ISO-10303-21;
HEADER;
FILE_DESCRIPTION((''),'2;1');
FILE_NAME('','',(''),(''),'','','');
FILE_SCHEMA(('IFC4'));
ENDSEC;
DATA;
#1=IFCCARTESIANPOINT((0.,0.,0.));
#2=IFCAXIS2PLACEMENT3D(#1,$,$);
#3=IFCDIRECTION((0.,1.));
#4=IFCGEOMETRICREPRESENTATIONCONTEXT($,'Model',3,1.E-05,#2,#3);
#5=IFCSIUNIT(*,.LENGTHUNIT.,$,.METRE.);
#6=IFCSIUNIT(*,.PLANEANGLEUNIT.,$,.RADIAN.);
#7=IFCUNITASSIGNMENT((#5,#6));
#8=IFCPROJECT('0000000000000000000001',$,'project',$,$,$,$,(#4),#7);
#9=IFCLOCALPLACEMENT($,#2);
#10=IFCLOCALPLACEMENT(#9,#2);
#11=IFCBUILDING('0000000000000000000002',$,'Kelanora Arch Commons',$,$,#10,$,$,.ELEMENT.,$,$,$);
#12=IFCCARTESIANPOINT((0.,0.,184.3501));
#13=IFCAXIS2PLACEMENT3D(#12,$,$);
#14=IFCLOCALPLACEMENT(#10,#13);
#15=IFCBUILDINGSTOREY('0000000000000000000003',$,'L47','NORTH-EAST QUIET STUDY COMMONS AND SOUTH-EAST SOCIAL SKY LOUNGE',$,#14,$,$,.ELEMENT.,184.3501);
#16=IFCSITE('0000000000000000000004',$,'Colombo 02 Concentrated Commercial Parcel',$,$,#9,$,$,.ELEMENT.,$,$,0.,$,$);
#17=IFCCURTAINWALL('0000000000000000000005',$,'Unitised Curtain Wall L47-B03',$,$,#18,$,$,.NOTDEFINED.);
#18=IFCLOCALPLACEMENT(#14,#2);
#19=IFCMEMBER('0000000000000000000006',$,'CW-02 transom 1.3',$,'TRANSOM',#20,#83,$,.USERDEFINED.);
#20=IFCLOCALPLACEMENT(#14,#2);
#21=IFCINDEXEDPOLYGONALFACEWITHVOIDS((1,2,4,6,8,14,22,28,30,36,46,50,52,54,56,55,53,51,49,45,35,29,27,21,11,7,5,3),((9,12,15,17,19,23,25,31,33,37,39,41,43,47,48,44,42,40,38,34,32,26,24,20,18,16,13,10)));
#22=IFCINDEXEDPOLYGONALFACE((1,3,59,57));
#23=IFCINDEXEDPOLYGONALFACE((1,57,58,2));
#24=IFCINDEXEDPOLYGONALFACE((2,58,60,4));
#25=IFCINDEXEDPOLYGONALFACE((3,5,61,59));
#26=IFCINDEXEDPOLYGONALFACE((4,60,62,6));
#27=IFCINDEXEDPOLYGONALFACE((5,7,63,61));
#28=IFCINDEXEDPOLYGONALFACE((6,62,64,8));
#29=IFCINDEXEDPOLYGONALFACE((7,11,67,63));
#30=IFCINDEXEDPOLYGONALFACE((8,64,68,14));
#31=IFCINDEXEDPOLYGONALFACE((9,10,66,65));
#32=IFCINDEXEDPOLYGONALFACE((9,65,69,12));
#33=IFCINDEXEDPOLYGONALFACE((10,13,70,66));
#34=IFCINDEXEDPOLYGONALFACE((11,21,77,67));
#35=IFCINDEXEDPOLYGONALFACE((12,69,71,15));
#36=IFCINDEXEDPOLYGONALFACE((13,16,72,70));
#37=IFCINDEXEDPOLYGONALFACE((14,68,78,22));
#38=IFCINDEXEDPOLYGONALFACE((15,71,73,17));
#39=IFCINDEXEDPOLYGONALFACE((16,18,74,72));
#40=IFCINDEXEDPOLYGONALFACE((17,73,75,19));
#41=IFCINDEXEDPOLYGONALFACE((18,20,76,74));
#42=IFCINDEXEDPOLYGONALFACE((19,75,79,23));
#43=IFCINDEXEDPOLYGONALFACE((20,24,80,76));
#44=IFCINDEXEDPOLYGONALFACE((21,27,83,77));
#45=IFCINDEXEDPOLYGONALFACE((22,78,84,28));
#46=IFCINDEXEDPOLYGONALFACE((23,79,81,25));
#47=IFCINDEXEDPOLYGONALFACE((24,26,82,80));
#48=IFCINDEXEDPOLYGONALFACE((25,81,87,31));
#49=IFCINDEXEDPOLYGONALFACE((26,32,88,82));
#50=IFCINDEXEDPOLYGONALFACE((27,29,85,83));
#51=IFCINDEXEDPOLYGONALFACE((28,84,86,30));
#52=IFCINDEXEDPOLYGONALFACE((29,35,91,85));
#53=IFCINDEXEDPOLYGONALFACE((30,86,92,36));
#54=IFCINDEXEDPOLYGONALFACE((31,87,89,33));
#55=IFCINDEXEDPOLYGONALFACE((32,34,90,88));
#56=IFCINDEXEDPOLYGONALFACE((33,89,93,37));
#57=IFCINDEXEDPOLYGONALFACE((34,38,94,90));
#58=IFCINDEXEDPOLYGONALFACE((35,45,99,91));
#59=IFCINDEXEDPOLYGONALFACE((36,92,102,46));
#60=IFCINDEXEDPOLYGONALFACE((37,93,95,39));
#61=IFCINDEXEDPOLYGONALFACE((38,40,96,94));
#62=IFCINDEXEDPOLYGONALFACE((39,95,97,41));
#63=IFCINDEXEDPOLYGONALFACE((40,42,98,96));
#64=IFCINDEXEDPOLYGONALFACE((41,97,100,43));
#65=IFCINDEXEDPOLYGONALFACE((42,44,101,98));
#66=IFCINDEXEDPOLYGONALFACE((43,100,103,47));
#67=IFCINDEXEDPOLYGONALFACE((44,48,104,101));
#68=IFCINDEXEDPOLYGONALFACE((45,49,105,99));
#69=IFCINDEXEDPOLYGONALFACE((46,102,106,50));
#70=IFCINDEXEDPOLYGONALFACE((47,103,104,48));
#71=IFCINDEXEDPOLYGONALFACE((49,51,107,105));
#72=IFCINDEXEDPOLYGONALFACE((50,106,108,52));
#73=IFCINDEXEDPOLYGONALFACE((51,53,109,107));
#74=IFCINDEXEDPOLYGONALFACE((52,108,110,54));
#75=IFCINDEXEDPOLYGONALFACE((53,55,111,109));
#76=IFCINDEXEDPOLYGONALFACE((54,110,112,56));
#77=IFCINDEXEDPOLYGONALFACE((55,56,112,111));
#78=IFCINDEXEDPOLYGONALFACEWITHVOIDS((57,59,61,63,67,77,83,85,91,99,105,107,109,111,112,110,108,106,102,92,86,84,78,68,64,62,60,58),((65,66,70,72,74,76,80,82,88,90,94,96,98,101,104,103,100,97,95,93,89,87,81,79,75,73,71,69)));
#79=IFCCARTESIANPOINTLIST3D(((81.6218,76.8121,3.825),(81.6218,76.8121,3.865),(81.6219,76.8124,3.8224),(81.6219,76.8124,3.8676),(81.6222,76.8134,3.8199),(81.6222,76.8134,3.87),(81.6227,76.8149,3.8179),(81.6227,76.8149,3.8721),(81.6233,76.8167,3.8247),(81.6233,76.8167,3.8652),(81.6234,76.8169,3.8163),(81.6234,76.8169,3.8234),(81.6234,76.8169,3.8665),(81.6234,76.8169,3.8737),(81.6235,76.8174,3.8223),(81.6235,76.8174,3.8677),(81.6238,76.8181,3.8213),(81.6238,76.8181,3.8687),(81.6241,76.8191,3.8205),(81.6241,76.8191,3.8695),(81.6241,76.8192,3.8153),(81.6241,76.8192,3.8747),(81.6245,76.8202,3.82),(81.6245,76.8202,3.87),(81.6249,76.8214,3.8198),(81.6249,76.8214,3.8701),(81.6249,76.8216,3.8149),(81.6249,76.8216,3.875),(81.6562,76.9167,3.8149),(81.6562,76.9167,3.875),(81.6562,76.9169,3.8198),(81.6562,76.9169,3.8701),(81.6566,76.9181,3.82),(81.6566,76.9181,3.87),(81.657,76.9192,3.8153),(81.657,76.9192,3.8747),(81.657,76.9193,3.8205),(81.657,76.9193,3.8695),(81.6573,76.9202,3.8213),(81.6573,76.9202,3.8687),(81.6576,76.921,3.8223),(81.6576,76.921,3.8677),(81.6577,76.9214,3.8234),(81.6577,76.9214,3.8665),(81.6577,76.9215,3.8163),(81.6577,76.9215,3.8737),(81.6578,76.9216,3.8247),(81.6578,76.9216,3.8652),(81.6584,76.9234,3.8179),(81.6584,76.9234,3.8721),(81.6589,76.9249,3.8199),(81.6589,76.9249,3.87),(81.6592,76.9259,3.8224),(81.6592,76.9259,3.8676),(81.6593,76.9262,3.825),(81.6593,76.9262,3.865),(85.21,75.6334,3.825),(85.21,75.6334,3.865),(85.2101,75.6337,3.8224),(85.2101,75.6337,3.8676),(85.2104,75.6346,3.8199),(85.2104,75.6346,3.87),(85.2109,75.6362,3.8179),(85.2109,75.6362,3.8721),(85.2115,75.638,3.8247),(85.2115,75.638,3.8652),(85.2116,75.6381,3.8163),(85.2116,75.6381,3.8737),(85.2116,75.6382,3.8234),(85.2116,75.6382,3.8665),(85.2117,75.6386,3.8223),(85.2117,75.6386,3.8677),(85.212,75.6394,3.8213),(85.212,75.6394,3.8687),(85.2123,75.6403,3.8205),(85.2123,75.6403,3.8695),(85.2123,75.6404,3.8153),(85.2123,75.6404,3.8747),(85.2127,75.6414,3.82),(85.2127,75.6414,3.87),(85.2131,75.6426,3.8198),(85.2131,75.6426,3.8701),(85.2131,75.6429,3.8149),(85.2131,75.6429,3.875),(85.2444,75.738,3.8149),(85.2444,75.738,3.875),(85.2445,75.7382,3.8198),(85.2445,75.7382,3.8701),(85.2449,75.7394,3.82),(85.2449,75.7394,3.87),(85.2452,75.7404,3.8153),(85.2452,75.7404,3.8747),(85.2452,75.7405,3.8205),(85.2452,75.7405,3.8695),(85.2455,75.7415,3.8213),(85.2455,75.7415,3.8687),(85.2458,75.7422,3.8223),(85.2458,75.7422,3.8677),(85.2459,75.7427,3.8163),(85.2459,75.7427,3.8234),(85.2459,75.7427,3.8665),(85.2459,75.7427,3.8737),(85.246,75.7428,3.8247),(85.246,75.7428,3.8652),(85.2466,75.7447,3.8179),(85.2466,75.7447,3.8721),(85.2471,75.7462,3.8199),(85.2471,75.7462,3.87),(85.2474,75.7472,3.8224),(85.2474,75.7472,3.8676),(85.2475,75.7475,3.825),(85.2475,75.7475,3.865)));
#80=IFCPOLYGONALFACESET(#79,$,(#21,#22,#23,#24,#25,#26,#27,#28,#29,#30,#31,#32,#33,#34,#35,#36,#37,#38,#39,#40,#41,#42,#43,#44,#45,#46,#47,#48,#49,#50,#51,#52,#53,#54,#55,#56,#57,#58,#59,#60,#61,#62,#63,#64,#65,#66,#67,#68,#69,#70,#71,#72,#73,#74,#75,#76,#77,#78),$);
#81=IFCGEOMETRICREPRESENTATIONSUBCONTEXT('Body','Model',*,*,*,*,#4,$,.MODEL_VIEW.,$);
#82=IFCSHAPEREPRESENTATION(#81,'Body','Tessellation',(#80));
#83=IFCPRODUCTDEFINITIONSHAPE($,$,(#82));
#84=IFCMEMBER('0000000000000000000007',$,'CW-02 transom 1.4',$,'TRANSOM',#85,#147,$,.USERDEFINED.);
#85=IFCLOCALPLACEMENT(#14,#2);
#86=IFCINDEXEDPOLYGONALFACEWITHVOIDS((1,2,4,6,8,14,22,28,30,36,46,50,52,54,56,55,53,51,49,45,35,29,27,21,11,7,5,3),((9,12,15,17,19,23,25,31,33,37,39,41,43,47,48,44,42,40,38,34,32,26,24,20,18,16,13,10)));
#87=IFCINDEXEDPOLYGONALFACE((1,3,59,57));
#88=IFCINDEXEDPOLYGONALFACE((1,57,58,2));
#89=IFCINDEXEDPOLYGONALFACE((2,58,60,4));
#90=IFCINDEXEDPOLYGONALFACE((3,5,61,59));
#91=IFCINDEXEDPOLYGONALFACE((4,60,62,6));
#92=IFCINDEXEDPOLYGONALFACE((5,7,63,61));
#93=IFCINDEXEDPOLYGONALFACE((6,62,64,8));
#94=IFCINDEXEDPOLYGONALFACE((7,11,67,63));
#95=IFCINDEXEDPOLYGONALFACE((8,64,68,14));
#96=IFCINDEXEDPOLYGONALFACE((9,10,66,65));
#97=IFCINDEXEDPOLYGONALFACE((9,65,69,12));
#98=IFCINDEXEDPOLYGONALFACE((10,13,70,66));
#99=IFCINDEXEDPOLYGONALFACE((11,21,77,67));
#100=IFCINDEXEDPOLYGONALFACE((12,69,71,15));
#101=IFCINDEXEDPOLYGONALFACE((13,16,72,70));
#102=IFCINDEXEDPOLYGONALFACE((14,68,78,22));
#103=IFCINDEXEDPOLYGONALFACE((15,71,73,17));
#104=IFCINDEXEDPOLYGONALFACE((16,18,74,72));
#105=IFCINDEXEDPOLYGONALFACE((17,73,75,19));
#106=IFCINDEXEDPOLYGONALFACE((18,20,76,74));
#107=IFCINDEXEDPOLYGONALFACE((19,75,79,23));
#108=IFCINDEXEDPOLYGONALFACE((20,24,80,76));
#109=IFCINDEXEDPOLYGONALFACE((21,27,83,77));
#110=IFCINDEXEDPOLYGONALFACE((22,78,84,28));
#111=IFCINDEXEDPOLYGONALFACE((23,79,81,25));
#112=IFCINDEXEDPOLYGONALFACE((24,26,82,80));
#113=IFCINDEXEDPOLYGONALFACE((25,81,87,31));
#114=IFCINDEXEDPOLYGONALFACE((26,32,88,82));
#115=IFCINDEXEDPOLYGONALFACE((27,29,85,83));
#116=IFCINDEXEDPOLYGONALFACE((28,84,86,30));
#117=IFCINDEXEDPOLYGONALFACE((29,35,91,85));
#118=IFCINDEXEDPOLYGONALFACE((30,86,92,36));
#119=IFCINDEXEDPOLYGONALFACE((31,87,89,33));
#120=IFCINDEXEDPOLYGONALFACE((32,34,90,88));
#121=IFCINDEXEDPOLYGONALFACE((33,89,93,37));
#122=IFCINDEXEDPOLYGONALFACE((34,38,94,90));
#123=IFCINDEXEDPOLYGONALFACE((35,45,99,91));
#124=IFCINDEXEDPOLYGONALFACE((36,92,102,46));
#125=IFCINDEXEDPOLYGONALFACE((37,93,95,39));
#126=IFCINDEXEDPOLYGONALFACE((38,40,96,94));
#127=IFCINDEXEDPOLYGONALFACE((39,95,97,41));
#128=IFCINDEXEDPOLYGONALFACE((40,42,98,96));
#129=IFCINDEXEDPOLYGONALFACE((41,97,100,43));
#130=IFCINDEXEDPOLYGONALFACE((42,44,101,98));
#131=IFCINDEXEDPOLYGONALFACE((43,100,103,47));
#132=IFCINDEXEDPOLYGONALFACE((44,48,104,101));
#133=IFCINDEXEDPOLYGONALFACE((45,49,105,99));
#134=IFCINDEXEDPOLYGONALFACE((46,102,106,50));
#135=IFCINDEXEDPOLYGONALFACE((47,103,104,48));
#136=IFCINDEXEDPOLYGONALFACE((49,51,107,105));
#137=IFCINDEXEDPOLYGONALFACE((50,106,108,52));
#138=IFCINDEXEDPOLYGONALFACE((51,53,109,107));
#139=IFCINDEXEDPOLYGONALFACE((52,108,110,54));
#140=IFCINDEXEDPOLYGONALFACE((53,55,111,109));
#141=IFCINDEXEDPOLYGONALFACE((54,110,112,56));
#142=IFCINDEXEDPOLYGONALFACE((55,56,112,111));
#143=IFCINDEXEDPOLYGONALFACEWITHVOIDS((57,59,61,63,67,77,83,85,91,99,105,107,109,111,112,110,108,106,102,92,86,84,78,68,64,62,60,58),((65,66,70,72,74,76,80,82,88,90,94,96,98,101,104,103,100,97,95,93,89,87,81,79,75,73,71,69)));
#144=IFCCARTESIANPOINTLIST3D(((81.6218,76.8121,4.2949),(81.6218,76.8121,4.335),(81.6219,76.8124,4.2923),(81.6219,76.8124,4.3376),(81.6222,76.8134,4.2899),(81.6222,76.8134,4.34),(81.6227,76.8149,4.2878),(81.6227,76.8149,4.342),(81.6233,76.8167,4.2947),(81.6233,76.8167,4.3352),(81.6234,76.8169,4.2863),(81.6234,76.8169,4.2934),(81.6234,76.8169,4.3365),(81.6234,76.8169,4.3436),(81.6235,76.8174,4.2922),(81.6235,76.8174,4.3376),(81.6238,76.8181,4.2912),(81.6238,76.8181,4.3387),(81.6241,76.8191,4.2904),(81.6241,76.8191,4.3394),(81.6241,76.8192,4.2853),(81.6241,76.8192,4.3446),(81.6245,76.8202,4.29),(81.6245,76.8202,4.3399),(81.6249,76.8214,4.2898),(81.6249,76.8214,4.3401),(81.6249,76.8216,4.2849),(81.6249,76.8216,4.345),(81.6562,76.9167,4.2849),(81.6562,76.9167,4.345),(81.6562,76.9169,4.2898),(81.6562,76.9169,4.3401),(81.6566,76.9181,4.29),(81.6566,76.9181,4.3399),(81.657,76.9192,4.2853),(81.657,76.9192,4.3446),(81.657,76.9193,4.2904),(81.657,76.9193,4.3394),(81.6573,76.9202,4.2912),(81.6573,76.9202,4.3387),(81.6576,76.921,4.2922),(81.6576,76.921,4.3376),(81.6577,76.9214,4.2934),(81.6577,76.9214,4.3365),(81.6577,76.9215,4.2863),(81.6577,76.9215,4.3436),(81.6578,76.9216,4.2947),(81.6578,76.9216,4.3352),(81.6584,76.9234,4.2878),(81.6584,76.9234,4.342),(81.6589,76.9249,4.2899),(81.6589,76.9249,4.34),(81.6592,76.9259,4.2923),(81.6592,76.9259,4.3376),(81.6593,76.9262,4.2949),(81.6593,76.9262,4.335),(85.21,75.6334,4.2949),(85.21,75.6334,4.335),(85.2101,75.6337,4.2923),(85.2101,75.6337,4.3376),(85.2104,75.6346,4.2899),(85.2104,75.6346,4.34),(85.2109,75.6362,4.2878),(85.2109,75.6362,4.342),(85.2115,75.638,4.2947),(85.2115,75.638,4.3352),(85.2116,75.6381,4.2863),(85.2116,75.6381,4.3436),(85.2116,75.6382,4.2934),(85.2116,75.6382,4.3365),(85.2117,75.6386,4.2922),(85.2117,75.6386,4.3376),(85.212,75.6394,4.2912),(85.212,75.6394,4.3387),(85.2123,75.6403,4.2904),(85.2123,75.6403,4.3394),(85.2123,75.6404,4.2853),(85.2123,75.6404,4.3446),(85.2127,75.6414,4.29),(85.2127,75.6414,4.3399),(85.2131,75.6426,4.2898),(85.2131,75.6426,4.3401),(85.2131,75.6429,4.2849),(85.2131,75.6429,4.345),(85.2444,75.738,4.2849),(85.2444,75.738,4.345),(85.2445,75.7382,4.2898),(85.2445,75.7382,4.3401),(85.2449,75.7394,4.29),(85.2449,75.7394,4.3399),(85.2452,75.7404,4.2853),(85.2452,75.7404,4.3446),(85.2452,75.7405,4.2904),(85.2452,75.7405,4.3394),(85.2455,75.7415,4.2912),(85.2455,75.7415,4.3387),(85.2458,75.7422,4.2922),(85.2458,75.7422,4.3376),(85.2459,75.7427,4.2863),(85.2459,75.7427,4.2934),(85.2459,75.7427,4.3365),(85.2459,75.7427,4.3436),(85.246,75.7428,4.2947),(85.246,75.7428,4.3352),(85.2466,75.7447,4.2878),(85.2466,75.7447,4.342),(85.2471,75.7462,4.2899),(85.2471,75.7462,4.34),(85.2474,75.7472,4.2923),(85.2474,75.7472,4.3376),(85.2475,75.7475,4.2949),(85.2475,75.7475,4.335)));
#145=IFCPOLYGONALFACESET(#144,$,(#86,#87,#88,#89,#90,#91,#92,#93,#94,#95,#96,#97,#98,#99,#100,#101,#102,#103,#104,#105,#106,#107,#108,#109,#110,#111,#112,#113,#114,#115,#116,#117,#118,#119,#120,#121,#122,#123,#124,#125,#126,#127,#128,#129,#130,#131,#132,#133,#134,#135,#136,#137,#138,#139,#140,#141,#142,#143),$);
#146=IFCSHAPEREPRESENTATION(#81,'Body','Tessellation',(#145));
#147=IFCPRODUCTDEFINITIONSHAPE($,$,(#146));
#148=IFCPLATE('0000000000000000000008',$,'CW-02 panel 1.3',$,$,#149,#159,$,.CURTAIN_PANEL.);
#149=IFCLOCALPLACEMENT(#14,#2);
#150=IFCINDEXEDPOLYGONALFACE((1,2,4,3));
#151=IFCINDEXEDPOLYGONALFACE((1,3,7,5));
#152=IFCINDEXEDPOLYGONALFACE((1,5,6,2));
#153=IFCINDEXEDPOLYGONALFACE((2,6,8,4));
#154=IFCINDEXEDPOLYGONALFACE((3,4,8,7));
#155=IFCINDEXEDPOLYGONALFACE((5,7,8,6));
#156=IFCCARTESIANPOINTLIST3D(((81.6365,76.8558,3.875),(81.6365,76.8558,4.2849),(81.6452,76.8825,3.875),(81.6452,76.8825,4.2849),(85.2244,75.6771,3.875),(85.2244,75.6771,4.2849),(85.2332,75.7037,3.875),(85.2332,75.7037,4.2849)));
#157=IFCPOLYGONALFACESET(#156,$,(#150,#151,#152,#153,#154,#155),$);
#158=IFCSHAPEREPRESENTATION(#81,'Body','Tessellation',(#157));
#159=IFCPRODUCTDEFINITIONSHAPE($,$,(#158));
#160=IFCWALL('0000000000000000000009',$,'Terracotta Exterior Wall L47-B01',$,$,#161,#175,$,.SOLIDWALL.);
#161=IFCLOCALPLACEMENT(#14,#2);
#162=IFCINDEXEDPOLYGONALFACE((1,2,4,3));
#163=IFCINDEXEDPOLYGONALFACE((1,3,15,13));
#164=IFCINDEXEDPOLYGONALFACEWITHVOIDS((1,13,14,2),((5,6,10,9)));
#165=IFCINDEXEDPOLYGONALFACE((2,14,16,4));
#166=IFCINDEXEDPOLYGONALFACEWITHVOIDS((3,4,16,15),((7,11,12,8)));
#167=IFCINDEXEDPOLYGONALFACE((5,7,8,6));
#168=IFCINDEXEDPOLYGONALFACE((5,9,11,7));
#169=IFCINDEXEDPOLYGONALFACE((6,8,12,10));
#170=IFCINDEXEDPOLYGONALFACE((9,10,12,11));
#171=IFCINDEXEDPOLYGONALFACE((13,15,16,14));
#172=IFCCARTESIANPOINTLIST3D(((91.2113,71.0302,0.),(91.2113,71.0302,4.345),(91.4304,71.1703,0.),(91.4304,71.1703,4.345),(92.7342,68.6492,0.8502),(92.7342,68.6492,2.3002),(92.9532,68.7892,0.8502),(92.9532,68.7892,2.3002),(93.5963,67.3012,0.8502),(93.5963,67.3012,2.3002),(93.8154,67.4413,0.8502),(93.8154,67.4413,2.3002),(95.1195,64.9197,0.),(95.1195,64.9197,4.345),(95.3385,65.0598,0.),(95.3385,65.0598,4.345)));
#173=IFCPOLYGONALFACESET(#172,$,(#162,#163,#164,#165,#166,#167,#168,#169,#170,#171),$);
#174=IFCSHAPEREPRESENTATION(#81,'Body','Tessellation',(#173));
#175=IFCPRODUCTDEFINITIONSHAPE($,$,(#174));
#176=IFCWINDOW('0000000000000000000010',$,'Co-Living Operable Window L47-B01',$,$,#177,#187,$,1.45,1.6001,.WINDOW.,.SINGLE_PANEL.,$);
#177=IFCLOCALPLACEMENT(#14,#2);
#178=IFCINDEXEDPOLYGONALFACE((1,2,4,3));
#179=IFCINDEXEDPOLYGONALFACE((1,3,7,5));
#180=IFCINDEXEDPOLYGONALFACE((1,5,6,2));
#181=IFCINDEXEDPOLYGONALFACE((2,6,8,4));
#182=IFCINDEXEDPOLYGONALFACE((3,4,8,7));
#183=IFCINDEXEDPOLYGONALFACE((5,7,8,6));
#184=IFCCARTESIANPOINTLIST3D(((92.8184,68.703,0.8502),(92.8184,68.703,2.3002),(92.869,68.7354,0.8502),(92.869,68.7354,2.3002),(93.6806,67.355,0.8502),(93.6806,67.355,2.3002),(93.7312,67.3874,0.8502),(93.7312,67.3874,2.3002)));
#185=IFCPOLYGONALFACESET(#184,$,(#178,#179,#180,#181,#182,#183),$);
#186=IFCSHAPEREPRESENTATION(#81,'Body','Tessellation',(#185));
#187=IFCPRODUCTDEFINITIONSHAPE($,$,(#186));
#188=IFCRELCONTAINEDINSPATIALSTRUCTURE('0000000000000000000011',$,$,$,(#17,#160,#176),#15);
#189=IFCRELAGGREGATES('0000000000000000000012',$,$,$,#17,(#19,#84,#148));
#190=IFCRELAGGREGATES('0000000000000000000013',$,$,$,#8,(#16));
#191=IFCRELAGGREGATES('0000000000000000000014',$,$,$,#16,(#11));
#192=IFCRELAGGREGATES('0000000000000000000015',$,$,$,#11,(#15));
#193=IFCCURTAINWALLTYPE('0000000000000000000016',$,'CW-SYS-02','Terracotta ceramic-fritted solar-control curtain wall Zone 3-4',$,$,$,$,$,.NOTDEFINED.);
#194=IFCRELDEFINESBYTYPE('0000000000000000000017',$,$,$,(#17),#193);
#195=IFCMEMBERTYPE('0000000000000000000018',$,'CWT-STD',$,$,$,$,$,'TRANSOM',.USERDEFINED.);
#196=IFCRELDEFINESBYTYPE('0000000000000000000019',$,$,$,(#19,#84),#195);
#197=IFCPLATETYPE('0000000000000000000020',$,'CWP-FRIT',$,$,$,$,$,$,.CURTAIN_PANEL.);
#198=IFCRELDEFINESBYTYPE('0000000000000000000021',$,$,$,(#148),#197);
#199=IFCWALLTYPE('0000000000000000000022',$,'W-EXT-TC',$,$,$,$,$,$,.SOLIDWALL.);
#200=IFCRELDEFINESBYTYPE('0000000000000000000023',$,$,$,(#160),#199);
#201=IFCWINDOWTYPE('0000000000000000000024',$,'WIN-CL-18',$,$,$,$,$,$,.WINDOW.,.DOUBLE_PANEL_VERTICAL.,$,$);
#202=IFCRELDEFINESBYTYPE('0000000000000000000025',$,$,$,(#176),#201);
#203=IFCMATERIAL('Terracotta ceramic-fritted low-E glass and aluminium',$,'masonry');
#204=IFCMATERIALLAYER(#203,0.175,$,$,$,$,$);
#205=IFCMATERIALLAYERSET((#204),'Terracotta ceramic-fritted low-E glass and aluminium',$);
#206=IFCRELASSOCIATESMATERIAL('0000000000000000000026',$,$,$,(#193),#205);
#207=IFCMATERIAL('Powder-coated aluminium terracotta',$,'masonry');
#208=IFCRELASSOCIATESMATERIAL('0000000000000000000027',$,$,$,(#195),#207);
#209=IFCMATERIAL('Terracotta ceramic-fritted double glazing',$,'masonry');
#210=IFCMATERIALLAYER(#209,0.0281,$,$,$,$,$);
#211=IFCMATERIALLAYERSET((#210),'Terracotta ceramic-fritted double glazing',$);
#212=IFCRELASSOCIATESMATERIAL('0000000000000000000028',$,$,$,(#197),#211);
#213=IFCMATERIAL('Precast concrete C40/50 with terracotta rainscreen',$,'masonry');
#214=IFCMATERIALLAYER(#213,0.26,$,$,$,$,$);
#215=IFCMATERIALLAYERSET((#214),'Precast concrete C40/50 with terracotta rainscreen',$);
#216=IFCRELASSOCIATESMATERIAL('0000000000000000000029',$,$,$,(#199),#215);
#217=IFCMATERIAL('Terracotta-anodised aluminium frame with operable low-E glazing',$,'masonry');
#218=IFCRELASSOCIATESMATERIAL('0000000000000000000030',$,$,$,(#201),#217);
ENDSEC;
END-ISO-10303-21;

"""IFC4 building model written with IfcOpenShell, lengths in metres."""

from ifc_helpers import new_model, si_unit, direction, frame, frame_2d, origin, origin_2d, place, context, subcontext, project, spatial, rectangle, hollow_rectangle, extrude, source, transform, mapped, material, layer, layer_set, material_profile, profile_set, type_object, element, fill, aggregate, save


model = new_model("IFC4")

# Units and contexts
model_context = context("Model", 3, precision=1e-05, world=origin(), true_north=direction((0.0, 1.0)))
body_context = subcontext(model_context, "Body", "Model", "MODEL_VIEW")
ifc_project = project(units=[si_unit("LENGTHUNIT", "METRE"), si_unit("PLANEANGLEUNIT", "RADIAN")], contexts=[model_context])

# Site, building, storey
site_placement = place(None, origin())
site = spatial("IfcSite", under=ifc_project, at=site_placement, Name="Colombo 02 Concentrated Commercial Parcel", CompositionType="ELEMENT", RefElevation=0.0)
building_placement = place(site_placement, origin())
building = spatial("IfcBuilding", under=site, at=building_placement, Name="Kelanora Arch Commons", CompositionType="ELEMENT")
storey_placement = place(building_placement, frame((0.0, 0.0, 184.3501)))
storey = spatial("IfcBuildingStorey", under=building, at=storey_placement, Name="L47", Description="NORTH-EAST QUIET STUDY COMMONS AND SOUTH-EAST SOCIAL SKY LOUNGE", CompositionType="ELEMENT", Elevation=184.3501)

# Shared definitions
ifc_material_1 = material(Name="Terracotta ceramic-fritted low-E glass and aluminium", Category="masonry")
ifc_layer_1 = layer(ifc_material_1, 0.175)
ifc_layer_set_1 = layer_set([ifc_layer_1], Name="Terracotta ceramic-fritted low-E glass and aluminium")
curtain_wall_type = type_object("IfcCurtainWallType", Name="CW-SYS-02", Description="Terracotta ceramic-fritted solar-control curtain wall Zone 3-4", PredefinedType="NOTDEFINED", material=ifc_layer_set_1)
ifc_material_2 = material(Name="Powder-coated aluminium terracotta", Category="masonry")

# Curtain wall, members, plate
curtain_wall_1_placement = place(storey_placement, origin())
curtain_wall_1 = element("IfcCurtainWall", 1, at=curtain_wall_1_placement, inside=storey, type_object=curtain_wall_type, Name="Unitised Curtain Wall L47-B03", PredefinedType="NOTDEFINED")
ifc_material_profile_1 = material_profile(ifc_material_2, hollow_rectangle(XDim=0.1201, YDim=0.0601, WallThickness=0.0049, InnerFilletRadius=0.0049, OuterFilletRadius=0.01, at=origin_2d()), Name="CWT120x60")
ifc_profile_set_1 = profile_set([ifc_material_profile_1], Name="Powder-coated aluminium terracotta")
member_type_1 = type_object("IfcMemberType", Name="CWT-STD", ElementType="TRANSOM", PredefinedType="USERDEFINED", material=ifc_profile_set_1)
member_1_placement = place(storey_placement, frame((85.2288, 75.6904, 3.845), z_axis=(-0.950051, 0.312094, 0.0), x_axis=(-0.312094, -0.950051, 0.0)))
member_1 = element("IfcMember", 2, at=member_1_placement, type_object=member_type_1, Name="CW-02 transom 1.3", ObjectType="TRANSOM", PredefinedType="USERDEFINED", context=body_context, shape_type="SweptSolid", body=[
    extrude(hollow_rectangle(XDim=0.1201, YDim=0.0601, WallThickness=0.0049, InnerFilletRadius=0.0049, OuterFilletRadius=0.01, at=origin_2d()), origin(), (0.0, 0.0, 1.0), 3.7769),
])
member_2_placement = place(storey_placement, frame((85.2288, 75.6904, 4.3149), z_axis=(-0.950051, 0.312094, 0.0), x_axis=(-0.312094, -0.950051, 0.0)))
member_2 = element("IfcMember", 3, at=member_2_placement, type_object=member_type_1, Name="CW-02 transom 1.4", ObjectType="TRANSOM", PredefinedType="USERDEFINED", context=body_context, shape_type="SweptSolid", body=[
    extrude(hollow_rectangle(XDim=0.1201, YDim=0.0601, WallThickness=0.0049, InnerFilletRadius=0.0049, OuterFilletRadius=0.01, at=origin_2d()), origin(), (0.0, 0.0, 1.0), 3.7769),
])
ifc_material_3 = material(Name="Terracotta ceramic-fritted double glazing", Category="masonry")
ifc_layer_2 = layer(ifc_material_3, 0.0281)
ifc_layer_set_2 = layer_set([ifc_layer_2], Name="Terracotta ceramic-fritted double glazing")
plate_type = type_object("IfcPlateType", Name="CWP-FRIT", PredefinedType="CURTAIN_PANEL", material=ifc_layer_set_2)
shared_shape_1 = source(origin(), body_context, "Body", "SweptSolid", [
    extrude(rectangle(XDim=3.7766, YDim=0.0281, at=origin_2d()), origin(), (0.0, 0.0, 1.0), 0.4099),
])
plate_placement = place(storey_placement, frame((83.4348, 76.2798, 3.875), z_axis=(0.0, 0.0, 1.0), x_axis=(-0.95004, 0.312128, 0.0)))
plate = element("IfcPlate", 4, at=plate_placement, type_object=plate_type, Name="CW-02 panel 1.3", PredefinedType="CURTAIN_PANEL", context=body_context, shape_type="MappedRepresentation", body=[
    mapped(shared_shape_1, transform((0.0, 0.0, 0.0), scale=1.0)),
])
aggregate(curtain_wall_1, [member_1, member_2, plate])

# Wall, opening, window
ifc_material_4 = material(Name="Precast concrete C40/50 with terracotta rainscreen", Category="masonry")
ifc_layer_3 = layer(ifc_material_4, 0.26)
ifc_layer_set_3 = layer_set([ifc_layer_3], Name="Precast concrete C40/50 with terracotta rainscreen")
wall_type_1 = type_object("IfcWallType", Name="W-EXT-TC", PredefinedType="SOLIDWALL", material=ifc_layer_set_3)
wall_1_placement = place(storey_placement, frame((95.229, 64.9897, 0.0), z_axis=(0.0, 0.0, 1.0), x_axis=(-0.538802, 0.842433, 0.0)))
wall_1 = element("IfcWall", 5, at=wall_1_placement, inside=storey, type_object=wall_type_1, Name="Terracotta Exterior Wall L47-B01", PredefinedType="SOLIDWALL", context=body_context, shape_type="SweptSolid", body=[
    extrude(rectangle(XDim=7.2534, YDim=0.26, at=frame_2d((3.6267, 0.0))), origin(), (0.0, 0.0, 1.0), 4.345),
])
opening_1_placement = place(wall_1_placement, frame((2.8269, 0.0, 0.8501)))
opening_1 = element("IfcOpeningElement", 6, at=opening_1_placement, cuts=wall_1, PredefinedType="OPENING", context=body_context, shape_type="SweptSolid", body=[
    extrude(rectangle(XDim=1.6001, YDim=1.45, at=frame_2d((0.8, 0.7251))), frame((0.0, 0.1401, 0.0), z_axis=(0.0, -1.0, 0.0), x_axis=(1.0, 0.0, 0.0)), (0.0, 0.0, 1.0), 0.28),
])
ifc_material_5 = material(Name="Terracotta-anodised aluminium frame with operable low-E glazing", Category="masonry")
window_type_1 = type_object("IfcWindowType", Name="WIN-CL-18", PartitioningType="DOUBLE_PANEL_VERTICAL", PredefinedType="WINDOW", material=ifc_material_5)
window_1_placement = place(opening_1_placement, origin())
window_1 = element("IfcWindow", 7, at=window_1_placement, inside=storey, type_object=window_type_1, Name="Co-Living Operable Window L47-B01", OverallHeight=1.45, OverallWidth=1.6001, PartitioningType="SINGLE_PANEL", PredefinedType="WINDOW", context=body_context, shape_type="SweptSolid", body=[
    extrude(rectangle(XDim=1.6001, YDim=1.45, at=frame_2d((0.8, 0.7251))), frame((0.0, 0.03, 0.0), z_axis=(0.0, -1.0, 0.0), x_axis=(1.0, 0.0, 0.0)), (0.0, 0.0, 1.0), 0.0601),
])
fill(opening_1, window_1)

save(model, "model.ifc")
